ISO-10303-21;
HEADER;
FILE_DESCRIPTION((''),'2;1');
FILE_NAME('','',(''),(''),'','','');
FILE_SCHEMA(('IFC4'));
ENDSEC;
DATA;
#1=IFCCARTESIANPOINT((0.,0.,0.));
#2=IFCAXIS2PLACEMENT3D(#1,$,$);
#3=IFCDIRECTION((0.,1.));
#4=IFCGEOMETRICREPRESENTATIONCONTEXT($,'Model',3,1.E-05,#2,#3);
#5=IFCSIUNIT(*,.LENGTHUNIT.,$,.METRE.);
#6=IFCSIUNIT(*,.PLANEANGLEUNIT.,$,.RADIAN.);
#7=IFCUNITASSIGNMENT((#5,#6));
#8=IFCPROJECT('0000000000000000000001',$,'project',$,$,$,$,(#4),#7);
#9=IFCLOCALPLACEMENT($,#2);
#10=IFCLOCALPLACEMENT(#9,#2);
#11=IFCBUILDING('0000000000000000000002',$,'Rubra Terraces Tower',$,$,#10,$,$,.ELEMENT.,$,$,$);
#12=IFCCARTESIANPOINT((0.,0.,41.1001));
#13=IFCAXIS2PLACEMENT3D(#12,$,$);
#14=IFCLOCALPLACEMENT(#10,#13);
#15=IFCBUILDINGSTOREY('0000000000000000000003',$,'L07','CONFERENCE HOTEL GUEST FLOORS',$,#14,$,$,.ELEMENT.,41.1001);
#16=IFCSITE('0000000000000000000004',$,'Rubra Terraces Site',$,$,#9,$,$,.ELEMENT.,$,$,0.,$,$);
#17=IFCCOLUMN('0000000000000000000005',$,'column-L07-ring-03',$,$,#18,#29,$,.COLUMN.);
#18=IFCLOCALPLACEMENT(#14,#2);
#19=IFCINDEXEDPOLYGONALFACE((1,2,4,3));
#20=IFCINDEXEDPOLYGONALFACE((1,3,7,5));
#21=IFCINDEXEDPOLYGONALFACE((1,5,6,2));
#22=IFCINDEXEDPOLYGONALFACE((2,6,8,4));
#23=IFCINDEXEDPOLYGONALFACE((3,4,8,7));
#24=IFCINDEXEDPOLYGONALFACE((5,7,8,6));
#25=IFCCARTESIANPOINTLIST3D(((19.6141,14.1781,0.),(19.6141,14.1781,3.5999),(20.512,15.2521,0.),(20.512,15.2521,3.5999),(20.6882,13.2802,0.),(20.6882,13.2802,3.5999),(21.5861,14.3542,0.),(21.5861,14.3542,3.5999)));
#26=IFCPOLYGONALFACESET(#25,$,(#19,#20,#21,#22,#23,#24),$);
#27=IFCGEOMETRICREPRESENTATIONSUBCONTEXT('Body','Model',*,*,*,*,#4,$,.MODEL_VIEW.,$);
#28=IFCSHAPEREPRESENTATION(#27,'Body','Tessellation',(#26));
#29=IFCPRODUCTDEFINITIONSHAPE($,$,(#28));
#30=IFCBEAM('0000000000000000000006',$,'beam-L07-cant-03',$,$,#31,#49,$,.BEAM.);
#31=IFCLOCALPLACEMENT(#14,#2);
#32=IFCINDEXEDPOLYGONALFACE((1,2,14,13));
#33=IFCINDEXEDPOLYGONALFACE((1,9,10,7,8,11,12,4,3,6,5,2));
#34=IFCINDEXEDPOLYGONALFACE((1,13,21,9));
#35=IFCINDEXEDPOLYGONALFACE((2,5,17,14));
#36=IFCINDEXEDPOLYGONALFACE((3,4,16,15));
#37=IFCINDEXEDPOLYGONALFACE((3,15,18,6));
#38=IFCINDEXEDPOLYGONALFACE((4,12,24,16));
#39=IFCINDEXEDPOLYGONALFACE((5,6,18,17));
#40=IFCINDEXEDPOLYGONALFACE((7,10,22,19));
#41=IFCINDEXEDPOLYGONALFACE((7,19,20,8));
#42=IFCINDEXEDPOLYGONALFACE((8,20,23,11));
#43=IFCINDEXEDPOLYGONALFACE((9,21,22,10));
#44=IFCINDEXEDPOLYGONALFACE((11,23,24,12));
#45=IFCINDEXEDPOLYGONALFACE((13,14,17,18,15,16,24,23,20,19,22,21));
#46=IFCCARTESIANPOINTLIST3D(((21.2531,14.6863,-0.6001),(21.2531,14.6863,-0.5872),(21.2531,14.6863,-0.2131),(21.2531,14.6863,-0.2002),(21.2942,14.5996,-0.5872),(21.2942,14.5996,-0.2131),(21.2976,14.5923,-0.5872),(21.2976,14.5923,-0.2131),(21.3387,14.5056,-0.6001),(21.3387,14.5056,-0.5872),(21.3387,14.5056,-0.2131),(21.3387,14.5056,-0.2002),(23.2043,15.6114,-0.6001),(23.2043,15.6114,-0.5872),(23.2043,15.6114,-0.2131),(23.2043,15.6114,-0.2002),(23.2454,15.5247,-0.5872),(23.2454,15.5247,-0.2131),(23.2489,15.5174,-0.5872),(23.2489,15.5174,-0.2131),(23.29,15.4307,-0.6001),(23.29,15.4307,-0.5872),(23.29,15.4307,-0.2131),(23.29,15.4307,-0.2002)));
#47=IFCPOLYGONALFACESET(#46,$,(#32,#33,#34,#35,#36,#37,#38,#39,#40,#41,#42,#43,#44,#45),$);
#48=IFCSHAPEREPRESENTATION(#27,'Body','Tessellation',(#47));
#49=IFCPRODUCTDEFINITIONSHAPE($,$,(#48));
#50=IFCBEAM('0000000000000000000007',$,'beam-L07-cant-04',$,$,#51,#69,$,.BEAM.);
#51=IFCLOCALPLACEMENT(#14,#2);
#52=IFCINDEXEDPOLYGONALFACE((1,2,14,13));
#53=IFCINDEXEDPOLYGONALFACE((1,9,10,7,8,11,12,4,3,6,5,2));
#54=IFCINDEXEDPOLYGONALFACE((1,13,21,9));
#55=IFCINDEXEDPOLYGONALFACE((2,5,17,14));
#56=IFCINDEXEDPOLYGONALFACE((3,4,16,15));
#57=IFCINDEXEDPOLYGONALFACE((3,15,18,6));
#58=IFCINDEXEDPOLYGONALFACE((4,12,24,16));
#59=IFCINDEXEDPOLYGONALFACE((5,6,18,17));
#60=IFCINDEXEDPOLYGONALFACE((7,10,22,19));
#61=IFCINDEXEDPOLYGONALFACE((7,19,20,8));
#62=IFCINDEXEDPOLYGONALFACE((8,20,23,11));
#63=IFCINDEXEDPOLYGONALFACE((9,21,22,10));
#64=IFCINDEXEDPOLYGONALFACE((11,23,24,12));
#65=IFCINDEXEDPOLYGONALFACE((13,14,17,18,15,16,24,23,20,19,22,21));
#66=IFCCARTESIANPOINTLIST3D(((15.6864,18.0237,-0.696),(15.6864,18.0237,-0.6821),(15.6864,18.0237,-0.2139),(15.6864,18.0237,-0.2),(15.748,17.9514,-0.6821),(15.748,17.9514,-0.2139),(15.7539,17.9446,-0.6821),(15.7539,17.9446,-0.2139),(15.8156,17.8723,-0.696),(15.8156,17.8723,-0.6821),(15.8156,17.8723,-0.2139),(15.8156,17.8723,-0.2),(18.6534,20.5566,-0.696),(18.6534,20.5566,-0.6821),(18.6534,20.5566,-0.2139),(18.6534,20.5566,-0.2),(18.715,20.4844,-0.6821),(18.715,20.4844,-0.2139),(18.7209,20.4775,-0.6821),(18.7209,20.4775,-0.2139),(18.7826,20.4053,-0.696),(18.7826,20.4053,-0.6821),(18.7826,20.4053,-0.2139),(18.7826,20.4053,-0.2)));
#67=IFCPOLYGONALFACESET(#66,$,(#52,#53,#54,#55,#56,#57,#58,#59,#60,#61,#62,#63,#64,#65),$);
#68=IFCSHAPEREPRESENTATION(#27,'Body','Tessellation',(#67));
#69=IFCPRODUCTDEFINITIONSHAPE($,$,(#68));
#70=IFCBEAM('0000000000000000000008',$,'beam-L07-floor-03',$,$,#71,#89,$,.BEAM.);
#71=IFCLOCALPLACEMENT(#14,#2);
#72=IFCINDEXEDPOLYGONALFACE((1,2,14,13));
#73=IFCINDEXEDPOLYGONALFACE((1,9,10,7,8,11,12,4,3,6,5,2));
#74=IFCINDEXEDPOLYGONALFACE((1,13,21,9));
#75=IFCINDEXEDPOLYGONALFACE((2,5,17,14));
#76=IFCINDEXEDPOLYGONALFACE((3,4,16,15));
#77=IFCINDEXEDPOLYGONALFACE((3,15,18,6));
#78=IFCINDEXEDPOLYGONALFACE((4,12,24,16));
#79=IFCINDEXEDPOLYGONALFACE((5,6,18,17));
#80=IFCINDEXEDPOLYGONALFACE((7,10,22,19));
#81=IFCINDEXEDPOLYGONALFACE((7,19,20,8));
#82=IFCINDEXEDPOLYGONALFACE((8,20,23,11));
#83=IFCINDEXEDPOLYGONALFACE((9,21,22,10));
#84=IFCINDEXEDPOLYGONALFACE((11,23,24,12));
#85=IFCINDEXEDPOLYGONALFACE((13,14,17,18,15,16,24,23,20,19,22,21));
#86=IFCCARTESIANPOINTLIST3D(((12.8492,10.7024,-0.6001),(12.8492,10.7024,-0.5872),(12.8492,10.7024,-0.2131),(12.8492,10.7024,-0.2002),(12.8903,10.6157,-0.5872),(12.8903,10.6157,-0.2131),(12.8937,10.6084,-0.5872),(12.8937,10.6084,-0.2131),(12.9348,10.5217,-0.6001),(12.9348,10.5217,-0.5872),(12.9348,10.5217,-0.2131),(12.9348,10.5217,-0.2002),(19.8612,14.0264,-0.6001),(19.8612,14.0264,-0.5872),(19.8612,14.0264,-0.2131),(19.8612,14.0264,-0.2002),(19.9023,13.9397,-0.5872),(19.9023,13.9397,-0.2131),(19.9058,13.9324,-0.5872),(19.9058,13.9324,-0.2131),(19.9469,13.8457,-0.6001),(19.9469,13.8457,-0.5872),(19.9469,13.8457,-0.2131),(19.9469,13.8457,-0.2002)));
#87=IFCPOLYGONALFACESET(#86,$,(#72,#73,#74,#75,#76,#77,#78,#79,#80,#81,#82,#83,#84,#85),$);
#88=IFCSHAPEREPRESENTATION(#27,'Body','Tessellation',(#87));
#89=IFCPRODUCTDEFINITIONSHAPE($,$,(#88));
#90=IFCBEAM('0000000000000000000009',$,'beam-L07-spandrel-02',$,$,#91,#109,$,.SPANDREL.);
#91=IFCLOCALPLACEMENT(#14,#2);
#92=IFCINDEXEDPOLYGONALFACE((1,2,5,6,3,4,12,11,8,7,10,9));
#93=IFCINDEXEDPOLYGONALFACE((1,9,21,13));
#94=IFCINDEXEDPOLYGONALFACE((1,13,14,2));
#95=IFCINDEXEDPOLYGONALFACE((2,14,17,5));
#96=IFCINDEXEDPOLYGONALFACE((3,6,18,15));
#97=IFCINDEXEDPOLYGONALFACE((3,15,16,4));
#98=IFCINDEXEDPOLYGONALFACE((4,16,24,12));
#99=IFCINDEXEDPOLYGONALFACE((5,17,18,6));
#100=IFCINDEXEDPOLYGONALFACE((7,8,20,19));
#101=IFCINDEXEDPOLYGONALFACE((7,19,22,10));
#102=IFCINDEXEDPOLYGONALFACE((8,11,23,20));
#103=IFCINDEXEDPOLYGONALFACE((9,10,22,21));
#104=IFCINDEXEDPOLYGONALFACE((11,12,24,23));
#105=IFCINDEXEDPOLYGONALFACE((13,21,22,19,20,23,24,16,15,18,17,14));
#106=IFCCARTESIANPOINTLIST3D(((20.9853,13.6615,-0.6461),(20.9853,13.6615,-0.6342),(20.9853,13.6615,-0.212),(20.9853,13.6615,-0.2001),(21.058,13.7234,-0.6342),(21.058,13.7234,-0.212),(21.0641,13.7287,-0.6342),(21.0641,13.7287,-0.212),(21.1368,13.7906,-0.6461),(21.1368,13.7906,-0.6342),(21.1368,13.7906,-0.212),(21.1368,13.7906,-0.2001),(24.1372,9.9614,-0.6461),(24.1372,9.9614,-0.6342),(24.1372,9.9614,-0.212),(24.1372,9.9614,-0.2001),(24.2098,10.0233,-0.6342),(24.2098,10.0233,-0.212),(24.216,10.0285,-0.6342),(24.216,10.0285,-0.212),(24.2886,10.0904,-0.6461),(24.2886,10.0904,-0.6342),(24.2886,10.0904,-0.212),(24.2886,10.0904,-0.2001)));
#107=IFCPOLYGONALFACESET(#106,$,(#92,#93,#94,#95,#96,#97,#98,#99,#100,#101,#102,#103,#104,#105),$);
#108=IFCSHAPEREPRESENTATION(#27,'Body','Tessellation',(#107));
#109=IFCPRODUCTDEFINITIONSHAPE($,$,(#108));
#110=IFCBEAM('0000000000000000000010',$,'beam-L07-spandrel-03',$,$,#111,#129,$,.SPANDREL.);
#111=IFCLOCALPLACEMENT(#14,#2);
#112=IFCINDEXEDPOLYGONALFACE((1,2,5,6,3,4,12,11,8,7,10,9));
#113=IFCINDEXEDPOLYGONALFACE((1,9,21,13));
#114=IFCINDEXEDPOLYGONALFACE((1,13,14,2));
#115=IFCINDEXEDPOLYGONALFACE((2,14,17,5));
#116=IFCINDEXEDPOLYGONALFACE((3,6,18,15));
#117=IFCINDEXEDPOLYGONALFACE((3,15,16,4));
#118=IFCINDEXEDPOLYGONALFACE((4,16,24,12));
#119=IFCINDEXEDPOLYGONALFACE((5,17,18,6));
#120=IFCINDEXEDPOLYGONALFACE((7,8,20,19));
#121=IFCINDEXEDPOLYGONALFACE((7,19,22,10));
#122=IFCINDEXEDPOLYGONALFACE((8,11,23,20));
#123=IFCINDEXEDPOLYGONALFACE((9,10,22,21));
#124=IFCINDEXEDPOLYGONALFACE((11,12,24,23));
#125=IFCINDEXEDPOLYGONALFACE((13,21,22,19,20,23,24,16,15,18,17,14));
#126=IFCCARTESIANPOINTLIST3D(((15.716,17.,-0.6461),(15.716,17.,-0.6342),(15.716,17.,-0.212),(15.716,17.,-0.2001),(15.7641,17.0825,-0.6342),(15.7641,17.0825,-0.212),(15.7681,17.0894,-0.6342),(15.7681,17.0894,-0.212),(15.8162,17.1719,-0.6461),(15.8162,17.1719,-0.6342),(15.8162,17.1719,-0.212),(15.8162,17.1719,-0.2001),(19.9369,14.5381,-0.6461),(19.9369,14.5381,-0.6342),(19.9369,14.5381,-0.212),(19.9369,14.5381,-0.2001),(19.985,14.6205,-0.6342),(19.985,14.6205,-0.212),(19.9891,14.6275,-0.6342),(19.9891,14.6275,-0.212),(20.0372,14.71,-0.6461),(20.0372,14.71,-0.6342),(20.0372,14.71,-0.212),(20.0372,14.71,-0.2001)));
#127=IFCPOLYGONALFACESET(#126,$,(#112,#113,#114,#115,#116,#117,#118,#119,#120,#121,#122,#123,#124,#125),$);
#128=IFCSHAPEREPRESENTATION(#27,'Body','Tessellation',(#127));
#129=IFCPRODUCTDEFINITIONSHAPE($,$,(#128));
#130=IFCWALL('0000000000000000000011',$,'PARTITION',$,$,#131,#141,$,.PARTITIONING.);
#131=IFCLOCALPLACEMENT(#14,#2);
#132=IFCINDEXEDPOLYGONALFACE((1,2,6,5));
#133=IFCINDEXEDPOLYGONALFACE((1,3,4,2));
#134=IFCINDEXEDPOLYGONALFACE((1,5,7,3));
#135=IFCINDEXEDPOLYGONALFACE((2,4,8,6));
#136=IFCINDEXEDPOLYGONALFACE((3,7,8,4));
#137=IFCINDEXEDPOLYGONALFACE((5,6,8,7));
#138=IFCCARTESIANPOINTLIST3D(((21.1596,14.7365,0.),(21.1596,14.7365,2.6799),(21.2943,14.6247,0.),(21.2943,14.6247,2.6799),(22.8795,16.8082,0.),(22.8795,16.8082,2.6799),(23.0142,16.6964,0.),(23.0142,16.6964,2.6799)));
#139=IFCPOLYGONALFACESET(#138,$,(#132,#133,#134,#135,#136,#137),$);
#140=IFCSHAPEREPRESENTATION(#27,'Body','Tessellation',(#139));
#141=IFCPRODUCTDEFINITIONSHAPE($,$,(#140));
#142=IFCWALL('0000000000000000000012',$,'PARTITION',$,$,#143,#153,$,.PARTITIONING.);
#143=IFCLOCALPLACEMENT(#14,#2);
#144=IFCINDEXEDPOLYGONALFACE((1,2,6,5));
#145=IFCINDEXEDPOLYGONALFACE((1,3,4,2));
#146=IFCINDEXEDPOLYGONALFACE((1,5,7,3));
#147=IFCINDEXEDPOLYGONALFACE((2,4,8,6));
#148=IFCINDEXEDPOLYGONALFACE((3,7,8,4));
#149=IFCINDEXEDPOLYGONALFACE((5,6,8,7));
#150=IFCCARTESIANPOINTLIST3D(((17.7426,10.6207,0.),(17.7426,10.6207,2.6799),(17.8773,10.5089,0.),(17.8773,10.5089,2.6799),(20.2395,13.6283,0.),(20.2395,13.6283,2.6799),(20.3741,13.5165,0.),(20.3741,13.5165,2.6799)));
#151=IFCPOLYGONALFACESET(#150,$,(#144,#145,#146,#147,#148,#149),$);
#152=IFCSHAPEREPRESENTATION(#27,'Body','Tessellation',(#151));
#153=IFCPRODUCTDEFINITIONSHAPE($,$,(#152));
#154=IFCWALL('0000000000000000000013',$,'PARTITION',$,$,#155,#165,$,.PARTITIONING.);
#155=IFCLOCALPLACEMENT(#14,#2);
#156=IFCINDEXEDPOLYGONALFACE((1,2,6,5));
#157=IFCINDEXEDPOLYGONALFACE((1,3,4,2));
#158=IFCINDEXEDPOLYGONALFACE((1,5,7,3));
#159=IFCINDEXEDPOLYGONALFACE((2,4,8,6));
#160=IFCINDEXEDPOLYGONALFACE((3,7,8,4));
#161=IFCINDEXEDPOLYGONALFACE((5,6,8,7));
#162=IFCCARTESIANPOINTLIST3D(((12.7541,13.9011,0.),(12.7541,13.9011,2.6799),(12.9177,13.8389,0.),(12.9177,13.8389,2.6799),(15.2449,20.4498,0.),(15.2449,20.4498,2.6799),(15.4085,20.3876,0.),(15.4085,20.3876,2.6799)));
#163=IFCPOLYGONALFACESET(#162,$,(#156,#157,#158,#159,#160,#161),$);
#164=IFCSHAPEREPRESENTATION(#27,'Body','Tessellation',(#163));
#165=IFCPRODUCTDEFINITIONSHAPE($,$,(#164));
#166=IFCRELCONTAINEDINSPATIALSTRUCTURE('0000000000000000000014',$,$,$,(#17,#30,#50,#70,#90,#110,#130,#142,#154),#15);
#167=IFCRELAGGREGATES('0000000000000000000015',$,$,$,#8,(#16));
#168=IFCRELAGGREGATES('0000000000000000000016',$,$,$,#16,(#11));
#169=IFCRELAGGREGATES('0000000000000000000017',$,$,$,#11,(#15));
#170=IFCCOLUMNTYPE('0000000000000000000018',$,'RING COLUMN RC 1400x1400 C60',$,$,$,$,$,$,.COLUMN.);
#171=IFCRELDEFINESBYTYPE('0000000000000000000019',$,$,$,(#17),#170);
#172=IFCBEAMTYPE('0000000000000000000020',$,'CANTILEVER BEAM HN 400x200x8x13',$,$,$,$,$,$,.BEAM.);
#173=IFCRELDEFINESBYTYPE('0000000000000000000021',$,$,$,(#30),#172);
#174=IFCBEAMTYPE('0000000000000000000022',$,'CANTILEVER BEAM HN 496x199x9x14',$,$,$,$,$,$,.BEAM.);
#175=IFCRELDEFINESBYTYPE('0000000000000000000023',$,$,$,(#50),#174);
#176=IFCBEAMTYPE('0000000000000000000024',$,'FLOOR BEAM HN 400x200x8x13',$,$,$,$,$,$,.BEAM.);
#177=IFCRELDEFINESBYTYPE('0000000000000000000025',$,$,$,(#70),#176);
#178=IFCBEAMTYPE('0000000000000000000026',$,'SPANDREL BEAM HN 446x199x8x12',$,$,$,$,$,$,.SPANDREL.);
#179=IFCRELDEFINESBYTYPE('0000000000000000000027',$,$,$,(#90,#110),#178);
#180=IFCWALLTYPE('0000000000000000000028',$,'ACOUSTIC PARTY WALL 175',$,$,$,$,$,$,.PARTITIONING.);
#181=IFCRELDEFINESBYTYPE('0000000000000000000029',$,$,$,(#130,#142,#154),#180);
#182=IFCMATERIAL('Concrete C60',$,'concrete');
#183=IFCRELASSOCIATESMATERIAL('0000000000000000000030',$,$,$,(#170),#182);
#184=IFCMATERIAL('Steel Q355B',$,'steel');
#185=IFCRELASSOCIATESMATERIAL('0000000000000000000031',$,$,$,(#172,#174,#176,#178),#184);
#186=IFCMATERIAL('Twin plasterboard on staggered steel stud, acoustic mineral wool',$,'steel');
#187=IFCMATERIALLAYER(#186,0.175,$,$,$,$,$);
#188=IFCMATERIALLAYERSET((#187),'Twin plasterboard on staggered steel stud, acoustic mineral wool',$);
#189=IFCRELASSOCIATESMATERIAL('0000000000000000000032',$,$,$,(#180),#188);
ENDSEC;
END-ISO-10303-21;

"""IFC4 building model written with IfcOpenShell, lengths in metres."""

from ifc_helpers import new_model, si_unit, direction, frame, frame_2d, origin, origin_2d, place, context, subcontext, project, spatial, rectangle, i_section, extrude, material, layer, layer_set, material_profile, profile_set, type_object, element, save


model = new_model("IFC4")

# Units and contexts
model_context = context("Model", 3, precision=1e-05, world=origin(), true_north=direction((0.0, 1.0)))
body_context = subcontext(model_context, "Body", "Model", "MODEL_VIEW")
ifc_project = project(units=[si_unit("LENGTHUNIT", "METRE"), si_unit("PLANEANGLEUNIT", "RADIAN")], contexts=[model_context])

# Site, building, storey
site_placement = place(None, origin())
site = spatial("IfcSite", under=ifc_project, at=site_placement, Name="Rubra Terraces Site", CompositionType="ELEMENT", RefElevation=0.0)
building_placement = place(site_placement, origin())
building = spatial("IfcBuilding", under=site, at=building_placement, Name="Rubra Terraces Tower", CompositionType="ELEMENT")
storey_placement = place(building_placement, frame((0.0, 0.0, 41.1001)))
storey = spatial("IfcBuildingStorey", under=building, at=storey_placement, Name="L07", Description="CONFERENCE HOTEL GUEST FLOORS", CompositionType="ELEMENT", Elevation=41.1001)

# Column
ifc_material_1 = material(Name="Concrete C60", Category="concrete")
ifc_material_profile_1 = material_profile(ifc_material_1, rectangle(XDim=1.3999, YDim=1.3999, at=origin_2d()), Name="RC 1400x1400")
ifc_profile_set_1 = profile_set([ifc_material_profile_1], Name="Concrete C60")
column_type = type_object("IfcColumnType", Name="RING COLUMN RC 1400x1400 C60", PredefinedType="COLUMN", material=ifc_profile_set_1)
column_placement = place(storey_placement, frame((20.6001, 14.2661, 0.0), z_axis=(0.0, 0.0, 1.0), x_axis=(-0.76721, 0.641397, 0.0)))
element("IfcColumn", 1, at=column_placement, inside=storey, type_object=column_type, Name="column-L07-ring-03", PredefinedType="COLUMN", context=body_context, shape_type="SweptSolid", body=[
    extrude(rectangle(XDim=1.3999, YDim=1.3999, at=origin_2d()), origin(), (0.0, 0.0, 1.0), 3.5999),
])

# Beams
ifc_material_2 = material(Name="Steel Q355B", Category="steel")
ifc_material_profile_2 = material_profile(ifc_material_2, i_section(OverallWidth=0.2, OverallDepth=0.3999, WebThickness=0.0081, FlangeThickness=0.0129, at=origin_2d()), Name="HN 400x200x8x13")
ifc_profile_set_2 = profile_set([ifc_material_profile_2], Name="Steel Q355B")
beam_type_1 = type_object("IfcBeamType", Name="CANTILEVER BEAM HN 400x200x8x13", PredefinedType="BEAM", material=ifc_profile_set_2)
beam_1_placement = place(storey_placement, frame((21.2959, 14.5959, -0.4001), z_axis=(0.903593, 0.428393, 0.0), x_axis=(-0.428393, 0.903593, 0.0)))
element("IfcBeam", 2, at=beam_1_placement, inside=storey, type_object=beam_type_1, Name="beam-L07-cant-03", PredefinedType="BEAM", context=body_context, shape_type="SweptSolid", body=[
    extrude(i_section(OverallWidth=0.2, OverallDepth=0.3999, WebThickness=0.0081, FlangeThickness=0.0129, at=origin_2d()), origin(), (0.0, 0.0, 1.0), 2.1594),
])
ifc_material_profile_3 = material_profile(ifc_material_2, i_section(OverallWidth=0.199, OverallDepth=0.4961, WebThickness=0.009, FlangeThickness=0.0139, at=origin_2d()), Name="HN 496x199x9x14")
ifc_profile_set_3 = profile_set([ifc_material_profile_3], Name="Steel Q355B")
beam_type_2 = type_object("IfcBeamType", Name="CANTILEVER BEAM HN 496x199x9x14", PredefinedType="BEAM", material=ifc_profile_set_3)
beam_2_placement = place(storey_placement, frame((15.751, 17.948, -0.448), z_axis=(0.760549, 0.64928, 0.0), x_axis=(-0.64928, 0.760549, 0.0)))
element("IfcBeam", 3, at=beam_2_placement, inside=storey, type_object=beam_type_2, Name="beam-L07-cant-04", PredefinedType="BEAM", context=body_context, shape_type="SweptSolid", body=[
    extrude(i_section(OverallWidth=0.199, OverallDepth=0.4961, WebThickness=0.009, FlangeThickness=0.0139, at=origin_2d()), origin(), (0.0, 0.0, 1.0), 3.9011),
])
ifc_material_profile_4 = material_profile(ifc_material_2, i_section(OverallWidth=0.2, OverallDepth=0.3999, WebThickness=0.0081, FlangeThickness=0.0129, at=origin_2d()), Name="HN 400x200x8x13")
ifc_profile_set_4 = profile_set([ifc_material_profile_4], Name="Steel Q355B")
beam_type_3 = type_object("IfcBeamType", Name="FLOOR BEAM HN 400x200x8x13", PredefinedType="BEAM", material=ifc_profile_set_4)
beam_3_placement = place(storey_placement, frame((19.9041, 13.936, -0.4001), z_axis=(-0.903612, -0.428351, 0.0), x_axis=(0.428351, -0.903612, 0.0)))
element("IfcBeam", 4, at=beam_3_placement, inside=storey, type_object=beam_type_3, Name="beam-L07-floor-03", PredefinedType="BEAM", context=body_context, shape_type="SweptSolid", body=[
    extrude(i_section(OverallWidth=0.2, OverallDepth=0.3999, WebThickness=0.0081, FlangeThickness=0.0129, at=origin_2d()), origin(), (0.0, 0.0, 1.0), 7.76),
])
ifc_material_profile_5 = material_profile(ifc_material_2, i_section(OverallWidth=0.199, OverallDepth=0.446, WebThickness=0.0081, FlangeThickness=0.012, at=origin_2d()), Name="HN 446x199x8x12")
ifc_profile_set_5 = profile_set([ifc_material_profile_5], Name="Steel Q355B")
beam_type_4 = type_object("IfcBeamType", Name="SPANDREL BEAM HN 446x199x8x12", PredefinedType="SPANDREL", material=ifc_profile_set_5)
beam_4_placement = place(storey_placement, frame((24.2129, 10.0259, -0.4231), z_axis=(-0.648447, 0.76126, 0.0), x_axis=(-0.76126, -0.648447, 0.0)))
element("IfcBeam", 5, at=beam_4_placement, inside=storey, type_object=beam_type_4, Name="beam-L07-spandrel-02", PredefinedType="SPANDREL", context=body_context, shape_type="SweptSolid", body=[
    extrude(i_section(OverallWidth=0.199, OverallDepth=0.446, WebThickness=0.0081, FlangeThickness=0.012, at=origin_2d()), origin(), (0.0, 0.0, 1.0), 4.8606),
])
beam_5_placement = place(storey_placement, frame((19.9871, 14.624, -0.4231), z_axis=(-0.863806, 0.503824, 0.0), x_axis=(-0.503824, -0.863806, 0.0)))
element("IfcBeam", 6, at=beam_5_placement, inside=storey, type_object=beam_type_4, Name="beam-L07-spandrel-03", PredefinedType="SPANDREL", context=body_context, shape_type="SweptSolid", body=[
    extrude(i_section(OverallWidth=0.199, OverallDepth=0.446, WebThickness=0.0081, FlangeThickness=0.012, at=origin_2d()), origin(), (0.0, 0.0, 1.0), 4.8865),
])

# Walls
ifc_material_3 = material(Name="Twin plasterboard on staggered steel stud, acoustic mineral wool", Category="steel")
ifc_layer_1 = layer(ifc_material_3, 0.175)
ifc_layer_set_1 = layer_set([ifc_layer_1], Name="Twin plasterboard on staggered steel stud, acoustic mineral wool")
wall_type_1 = type_object("IfcWallType", Name="ACOUSTIC PARTY WALL 175", PredefinedType="PARTITIONING", material=ifc_layer_set_1)
wall_1_placement = place(storey_placement, frame((22.9468, 16.7522, 0.0), z_axis=(0.0, 0.0, 1.0), x_axis=(-0.638756, -0.769409, 0.0)))
element("IfcWall", 7, at=wall_1_placement, inside=storey, type_object=wall_type_1, Name="PARTITION", PredefinedType="PARTITIONING", context=body_context, shape_type="SweptSolid", body=[
    extrude(rectangle(XDim=2.6926, YDim=0.175, at=frame_2d((1.3462, 0.0))), origin(), (0.0, 0.0, 1.0), 2.6799),
])
wall_2_placement = place(storey_placement, frame((20.3069, 13.5725, 0.0), z_axis=(0.0, 0.0, 1.0), x_axis=(-0.638752, -0.769413, 0.0)))
element("IfcWall", 8, at=wall_2_placement, inside=storey, type_object=wall_type_1, Name="PARTITION", PredefinedType="PARTITIONING", context=body_context, shape_type="SweptSolid", body=[
    extrude(rectangle(XDim=3.9089, YDim=0.175, at=frame_2d((1.9546, 0.0))), origin(), (0.0, 0.0, 1.0), 2.6799),
])
wall_3_placement = place(storey_placement, frame((15.3267, 20.4187, 0.0), z_axis=(0.0, 0.0, 1.0), x_axis=(-0.3555, -0.934676, 0.0)))
element("IfcWall", 9, at=wall_3_placement, inside=storey, type_object=wall_type_1, Name="PARTITION", PredefinedType="PARTITIONING", context=body_context, shape_type="SweptSolid", body=[
    extrude(rectangle(XDim=7.0063, YDim=0.175, at=frame_2d((3.5032, 0.0))), origin(), (0.0, 0.0, 1.0), 2.6799),
])

save(model, "model.ifc")
